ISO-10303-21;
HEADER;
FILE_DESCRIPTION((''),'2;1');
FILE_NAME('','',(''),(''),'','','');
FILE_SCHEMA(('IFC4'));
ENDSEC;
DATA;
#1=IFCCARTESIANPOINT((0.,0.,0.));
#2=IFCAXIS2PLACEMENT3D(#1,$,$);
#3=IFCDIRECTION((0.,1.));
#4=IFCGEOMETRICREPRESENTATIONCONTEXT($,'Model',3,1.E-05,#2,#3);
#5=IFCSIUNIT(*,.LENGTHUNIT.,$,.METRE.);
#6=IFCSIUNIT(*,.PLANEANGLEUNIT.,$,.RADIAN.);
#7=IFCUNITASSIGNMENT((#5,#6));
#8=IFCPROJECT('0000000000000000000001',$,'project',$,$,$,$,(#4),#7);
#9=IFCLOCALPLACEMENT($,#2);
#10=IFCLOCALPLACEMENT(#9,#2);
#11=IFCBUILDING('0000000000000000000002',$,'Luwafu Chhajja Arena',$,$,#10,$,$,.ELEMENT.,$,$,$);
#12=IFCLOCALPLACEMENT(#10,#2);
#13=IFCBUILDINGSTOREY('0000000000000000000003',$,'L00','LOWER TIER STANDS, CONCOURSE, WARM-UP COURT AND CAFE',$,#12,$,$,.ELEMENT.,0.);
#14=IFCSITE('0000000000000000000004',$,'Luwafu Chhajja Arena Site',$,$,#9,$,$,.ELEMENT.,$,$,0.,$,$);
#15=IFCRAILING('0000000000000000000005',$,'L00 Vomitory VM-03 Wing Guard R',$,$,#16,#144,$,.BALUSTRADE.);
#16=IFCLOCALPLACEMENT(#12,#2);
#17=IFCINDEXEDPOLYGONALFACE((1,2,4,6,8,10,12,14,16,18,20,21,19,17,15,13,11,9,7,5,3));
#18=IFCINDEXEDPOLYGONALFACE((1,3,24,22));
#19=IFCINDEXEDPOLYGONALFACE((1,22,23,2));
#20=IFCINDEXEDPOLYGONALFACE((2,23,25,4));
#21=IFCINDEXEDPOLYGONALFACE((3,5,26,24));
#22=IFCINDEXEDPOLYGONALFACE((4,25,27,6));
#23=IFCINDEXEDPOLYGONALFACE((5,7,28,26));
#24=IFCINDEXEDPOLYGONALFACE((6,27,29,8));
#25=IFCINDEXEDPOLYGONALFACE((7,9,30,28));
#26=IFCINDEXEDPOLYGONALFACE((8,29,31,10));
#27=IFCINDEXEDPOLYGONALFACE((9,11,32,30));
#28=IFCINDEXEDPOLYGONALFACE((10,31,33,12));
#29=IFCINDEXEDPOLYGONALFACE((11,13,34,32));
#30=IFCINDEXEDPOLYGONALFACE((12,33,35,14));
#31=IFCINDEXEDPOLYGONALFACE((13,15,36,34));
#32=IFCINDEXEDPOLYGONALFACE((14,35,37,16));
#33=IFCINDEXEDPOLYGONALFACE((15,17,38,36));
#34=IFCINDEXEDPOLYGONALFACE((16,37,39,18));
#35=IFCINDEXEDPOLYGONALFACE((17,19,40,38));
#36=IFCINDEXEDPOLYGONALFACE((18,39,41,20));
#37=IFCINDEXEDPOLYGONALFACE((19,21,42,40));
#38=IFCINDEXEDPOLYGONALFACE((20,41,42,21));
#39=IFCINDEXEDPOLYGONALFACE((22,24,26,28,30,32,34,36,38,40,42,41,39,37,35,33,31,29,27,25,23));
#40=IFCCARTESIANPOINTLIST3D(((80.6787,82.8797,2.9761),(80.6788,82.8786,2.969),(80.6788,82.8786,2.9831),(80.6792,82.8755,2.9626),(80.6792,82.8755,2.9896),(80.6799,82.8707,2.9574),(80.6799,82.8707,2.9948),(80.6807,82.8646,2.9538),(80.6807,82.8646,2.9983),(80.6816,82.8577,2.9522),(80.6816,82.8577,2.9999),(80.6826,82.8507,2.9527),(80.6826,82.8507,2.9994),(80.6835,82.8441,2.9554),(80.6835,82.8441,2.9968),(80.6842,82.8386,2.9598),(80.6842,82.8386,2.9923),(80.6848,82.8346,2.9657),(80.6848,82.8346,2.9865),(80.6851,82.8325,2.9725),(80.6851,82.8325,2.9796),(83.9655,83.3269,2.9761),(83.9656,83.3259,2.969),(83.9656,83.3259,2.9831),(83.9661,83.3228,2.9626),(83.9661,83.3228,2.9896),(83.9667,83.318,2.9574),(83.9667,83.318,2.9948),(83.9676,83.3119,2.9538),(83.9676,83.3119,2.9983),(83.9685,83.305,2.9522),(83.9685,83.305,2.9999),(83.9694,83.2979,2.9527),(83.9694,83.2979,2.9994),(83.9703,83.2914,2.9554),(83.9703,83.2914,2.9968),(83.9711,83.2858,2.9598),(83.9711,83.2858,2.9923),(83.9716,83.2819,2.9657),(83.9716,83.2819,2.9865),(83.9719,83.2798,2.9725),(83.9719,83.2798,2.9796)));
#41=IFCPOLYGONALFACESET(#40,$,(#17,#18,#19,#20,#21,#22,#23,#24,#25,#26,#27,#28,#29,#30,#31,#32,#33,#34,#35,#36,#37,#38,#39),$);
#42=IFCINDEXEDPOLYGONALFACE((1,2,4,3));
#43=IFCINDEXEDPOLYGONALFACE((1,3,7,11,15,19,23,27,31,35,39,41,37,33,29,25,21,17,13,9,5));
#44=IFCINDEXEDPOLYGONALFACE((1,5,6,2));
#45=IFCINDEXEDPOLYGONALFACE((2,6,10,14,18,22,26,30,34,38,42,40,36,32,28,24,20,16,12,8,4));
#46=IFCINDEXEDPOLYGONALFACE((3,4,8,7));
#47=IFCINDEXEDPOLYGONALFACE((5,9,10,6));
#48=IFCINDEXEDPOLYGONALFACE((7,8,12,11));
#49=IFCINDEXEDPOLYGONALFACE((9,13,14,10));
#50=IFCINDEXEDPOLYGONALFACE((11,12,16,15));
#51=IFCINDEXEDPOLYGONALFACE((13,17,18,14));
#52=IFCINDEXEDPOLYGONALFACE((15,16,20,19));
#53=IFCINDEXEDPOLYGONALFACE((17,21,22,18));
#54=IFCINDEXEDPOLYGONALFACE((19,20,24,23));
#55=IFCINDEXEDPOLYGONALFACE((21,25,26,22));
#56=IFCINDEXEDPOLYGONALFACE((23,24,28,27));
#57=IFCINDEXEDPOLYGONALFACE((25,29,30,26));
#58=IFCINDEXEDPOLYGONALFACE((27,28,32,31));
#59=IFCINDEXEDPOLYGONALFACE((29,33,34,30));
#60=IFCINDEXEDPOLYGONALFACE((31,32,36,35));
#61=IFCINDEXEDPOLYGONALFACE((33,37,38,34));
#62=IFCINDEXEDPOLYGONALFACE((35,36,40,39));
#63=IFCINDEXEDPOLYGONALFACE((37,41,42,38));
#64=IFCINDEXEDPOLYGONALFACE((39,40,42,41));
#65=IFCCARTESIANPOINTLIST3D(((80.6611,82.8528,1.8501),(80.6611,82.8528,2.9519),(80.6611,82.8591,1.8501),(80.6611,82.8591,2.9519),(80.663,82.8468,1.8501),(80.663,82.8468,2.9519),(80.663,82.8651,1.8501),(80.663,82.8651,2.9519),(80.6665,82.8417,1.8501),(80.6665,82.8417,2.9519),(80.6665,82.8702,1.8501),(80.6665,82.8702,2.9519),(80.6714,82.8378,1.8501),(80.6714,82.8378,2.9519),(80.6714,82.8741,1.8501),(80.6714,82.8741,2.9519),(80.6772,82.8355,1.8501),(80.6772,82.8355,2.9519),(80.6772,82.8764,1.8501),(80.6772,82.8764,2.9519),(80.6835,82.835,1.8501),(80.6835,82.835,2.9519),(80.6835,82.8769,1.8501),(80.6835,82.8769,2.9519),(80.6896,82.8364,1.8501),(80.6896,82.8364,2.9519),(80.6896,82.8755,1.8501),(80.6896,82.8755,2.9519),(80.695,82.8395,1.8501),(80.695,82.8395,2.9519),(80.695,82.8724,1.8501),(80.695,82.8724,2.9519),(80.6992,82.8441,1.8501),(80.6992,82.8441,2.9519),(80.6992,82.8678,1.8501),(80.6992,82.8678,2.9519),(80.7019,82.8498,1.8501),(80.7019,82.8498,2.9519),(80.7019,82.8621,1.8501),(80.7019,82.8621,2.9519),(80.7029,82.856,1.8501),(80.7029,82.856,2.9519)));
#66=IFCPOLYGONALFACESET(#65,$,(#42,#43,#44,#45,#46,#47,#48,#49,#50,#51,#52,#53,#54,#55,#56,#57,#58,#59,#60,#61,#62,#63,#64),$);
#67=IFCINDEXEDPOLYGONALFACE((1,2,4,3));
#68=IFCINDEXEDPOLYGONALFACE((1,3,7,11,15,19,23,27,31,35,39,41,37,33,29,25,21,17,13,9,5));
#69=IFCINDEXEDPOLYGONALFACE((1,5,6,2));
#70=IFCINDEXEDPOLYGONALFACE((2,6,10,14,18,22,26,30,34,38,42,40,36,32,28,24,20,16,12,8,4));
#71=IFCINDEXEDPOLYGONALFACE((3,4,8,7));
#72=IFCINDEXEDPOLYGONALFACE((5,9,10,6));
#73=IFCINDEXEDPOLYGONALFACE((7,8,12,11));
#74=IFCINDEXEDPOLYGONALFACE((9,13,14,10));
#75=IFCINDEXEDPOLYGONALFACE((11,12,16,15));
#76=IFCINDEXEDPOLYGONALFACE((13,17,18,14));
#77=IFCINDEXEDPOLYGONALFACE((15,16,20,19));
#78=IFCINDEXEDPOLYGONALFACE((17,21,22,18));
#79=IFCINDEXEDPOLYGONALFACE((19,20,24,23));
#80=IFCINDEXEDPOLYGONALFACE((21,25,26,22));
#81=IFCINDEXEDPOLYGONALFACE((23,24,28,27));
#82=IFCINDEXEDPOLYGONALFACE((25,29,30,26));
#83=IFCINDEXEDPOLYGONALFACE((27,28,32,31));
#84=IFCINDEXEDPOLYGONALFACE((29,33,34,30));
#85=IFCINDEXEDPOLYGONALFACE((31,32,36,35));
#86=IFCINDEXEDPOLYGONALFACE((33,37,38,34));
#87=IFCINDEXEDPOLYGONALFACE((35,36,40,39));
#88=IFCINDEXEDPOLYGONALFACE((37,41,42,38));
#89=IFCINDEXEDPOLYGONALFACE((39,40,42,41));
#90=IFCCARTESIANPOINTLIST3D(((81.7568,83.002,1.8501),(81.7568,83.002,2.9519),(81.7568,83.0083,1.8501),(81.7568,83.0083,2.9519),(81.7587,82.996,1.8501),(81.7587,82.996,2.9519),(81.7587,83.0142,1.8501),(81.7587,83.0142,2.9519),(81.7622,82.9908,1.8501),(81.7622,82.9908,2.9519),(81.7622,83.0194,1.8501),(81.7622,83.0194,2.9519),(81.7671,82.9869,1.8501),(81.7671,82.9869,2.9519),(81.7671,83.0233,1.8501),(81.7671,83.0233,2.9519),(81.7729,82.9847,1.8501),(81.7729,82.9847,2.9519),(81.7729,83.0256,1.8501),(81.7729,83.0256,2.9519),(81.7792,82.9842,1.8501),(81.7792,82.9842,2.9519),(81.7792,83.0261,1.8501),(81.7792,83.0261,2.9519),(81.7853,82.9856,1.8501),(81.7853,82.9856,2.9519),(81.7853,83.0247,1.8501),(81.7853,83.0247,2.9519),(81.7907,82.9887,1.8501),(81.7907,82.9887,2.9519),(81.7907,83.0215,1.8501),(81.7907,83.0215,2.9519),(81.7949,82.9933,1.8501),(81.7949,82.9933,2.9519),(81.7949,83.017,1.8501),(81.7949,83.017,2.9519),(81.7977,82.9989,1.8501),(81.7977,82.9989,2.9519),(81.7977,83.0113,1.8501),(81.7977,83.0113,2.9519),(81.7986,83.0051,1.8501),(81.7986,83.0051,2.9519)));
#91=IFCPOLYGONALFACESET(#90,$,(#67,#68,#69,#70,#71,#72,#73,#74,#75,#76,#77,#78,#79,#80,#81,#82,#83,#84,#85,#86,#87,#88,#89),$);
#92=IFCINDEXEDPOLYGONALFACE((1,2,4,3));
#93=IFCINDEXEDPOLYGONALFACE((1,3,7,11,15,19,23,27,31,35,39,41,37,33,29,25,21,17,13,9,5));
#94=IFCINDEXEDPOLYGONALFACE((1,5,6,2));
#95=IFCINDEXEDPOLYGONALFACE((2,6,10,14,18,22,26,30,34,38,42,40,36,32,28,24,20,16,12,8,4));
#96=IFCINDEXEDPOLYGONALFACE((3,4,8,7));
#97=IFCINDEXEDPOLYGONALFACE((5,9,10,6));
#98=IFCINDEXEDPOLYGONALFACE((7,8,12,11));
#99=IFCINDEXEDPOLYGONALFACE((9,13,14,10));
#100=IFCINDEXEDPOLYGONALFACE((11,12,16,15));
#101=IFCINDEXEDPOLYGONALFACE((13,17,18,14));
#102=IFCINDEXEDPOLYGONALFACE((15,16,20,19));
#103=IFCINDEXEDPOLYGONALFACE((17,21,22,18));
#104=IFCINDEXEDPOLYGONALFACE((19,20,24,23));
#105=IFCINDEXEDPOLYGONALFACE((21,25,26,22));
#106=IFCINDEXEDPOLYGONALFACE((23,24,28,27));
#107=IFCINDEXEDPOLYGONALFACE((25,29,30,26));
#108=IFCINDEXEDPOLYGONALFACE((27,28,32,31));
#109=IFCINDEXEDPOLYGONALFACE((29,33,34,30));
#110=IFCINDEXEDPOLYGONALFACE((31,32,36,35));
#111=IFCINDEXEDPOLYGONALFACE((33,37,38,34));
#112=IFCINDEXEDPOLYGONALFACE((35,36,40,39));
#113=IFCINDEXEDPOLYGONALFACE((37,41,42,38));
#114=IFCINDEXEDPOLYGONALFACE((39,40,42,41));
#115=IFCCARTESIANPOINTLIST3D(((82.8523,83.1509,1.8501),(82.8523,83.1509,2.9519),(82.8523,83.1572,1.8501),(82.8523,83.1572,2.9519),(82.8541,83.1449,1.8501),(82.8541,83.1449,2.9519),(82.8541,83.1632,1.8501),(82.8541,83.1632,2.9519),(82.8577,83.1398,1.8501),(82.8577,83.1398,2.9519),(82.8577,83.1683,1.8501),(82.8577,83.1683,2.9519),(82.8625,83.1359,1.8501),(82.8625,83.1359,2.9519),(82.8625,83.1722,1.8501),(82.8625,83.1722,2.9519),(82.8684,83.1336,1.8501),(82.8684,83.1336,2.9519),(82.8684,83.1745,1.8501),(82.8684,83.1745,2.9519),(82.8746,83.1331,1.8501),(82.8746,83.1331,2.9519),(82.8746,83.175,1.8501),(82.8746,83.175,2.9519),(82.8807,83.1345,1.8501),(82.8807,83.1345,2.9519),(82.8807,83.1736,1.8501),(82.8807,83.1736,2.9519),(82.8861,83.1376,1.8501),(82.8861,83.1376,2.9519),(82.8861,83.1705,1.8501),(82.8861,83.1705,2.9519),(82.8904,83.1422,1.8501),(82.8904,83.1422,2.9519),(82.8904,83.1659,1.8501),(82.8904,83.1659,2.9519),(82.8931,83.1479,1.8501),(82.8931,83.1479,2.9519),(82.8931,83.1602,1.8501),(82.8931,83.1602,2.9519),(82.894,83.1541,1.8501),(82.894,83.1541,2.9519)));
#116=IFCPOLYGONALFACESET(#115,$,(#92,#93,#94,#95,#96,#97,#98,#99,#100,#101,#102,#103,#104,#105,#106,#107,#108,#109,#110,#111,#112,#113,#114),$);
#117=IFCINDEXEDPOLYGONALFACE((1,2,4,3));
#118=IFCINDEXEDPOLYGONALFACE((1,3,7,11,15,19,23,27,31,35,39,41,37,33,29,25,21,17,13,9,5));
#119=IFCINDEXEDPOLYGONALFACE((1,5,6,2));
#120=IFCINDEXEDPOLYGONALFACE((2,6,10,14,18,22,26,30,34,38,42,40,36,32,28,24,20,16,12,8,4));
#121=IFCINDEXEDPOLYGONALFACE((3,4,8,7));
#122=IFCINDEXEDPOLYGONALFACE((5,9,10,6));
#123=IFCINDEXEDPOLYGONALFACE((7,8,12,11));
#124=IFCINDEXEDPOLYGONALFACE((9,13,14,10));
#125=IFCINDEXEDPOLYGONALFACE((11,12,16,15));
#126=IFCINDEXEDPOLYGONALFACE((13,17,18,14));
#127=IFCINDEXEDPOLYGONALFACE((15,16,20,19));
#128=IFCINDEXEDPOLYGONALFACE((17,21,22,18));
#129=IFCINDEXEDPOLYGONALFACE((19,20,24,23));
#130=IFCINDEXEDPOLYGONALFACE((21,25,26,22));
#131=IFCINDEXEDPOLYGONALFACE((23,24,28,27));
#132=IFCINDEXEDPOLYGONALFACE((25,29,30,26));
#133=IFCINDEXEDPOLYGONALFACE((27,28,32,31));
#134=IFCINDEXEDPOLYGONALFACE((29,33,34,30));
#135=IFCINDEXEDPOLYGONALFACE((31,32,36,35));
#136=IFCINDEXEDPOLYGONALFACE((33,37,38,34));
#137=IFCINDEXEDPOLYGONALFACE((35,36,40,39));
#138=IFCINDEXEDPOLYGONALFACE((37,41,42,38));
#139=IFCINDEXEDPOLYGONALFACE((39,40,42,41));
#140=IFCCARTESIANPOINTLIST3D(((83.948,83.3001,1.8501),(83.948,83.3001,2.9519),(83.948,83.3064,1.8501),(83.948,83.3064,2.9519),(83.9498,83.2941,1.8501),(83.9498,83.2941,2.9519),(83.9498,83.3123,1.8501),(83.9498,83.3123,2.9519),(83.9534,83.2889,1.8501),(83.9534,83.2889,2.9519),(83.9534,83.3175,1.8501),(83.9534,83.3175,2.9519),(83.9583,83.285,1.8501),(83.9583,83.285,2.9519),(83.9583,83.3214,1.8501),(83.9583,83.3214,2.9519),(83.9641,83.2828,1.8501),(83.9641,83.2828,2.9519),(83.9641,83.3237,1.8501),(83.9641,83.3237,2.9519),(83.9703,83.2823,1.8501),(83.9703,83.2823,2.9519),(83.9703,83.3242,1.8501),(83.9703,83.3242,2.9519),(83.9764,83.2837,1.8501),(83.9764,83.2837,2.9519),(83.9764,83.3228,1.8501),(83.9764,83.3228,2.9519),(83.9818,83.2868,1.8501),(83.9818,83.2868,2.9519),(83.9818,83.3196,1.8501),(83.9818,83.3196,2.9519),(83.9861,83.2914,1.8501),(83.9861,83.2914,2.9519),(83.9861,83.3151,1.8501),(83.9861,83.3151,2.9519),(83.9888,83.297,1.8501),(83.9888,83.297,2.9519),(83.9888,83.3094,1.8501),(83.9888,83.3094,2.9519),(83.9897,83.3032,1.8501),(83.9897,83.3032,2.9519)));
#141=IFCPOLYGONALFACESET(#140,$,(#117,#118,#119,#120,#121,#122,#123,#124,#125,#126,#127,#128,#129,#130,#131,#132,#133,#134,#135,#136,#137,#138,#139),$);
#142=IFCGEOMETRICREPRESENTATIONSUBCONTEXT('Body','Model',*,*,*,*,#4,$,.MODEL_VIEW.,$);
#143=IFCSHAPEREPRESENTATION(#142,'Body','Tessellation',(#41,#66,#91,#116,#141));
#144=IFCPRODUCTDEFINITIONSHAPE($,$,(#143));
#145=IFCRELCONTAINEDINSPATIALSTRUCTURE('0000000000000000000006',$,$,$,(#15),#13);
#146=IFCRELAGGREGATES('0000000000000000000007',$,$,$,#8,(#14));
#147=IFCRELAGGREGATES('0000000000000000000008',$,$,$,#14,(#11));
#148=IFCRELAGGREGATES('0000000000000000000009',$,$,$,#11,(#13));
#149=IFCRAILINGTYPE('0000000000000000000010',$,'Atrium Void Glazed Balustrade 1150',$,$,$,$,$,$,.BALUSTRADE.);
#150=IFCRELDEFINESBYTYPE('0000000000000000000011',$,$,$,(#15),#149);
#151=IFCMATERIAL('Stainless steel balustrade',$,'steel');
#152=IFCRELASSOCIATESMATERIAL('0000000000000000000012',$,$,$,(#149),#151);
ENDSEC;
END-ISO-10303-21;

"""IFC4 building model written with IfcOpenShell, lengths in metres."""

from ifc_helpers import new_model, si_unit, direction, frame, origin, origin_2d, place, context, subcontext, project, spatial, circle, extrude, material, type_object, element, save


model = new_model("IFC4")

# Units and contexts
model_context = context("Model", 3, precision=1e-05, world=origin(), true_north=direction((0.0, 1.0)))
body_context = subcontext(model_context, "Body", "Model", "MODEL_VIEW")
ifc_project = project(units=[si_unit("LENGTHUNIT", "METRE"), si_unit("PLANEANGLEUNIT", "RADIAN")], contexts=[model_context])

# Site, building, storey
site_placement = place(None, origin())
site = spatial("IfcSite", under=ifc_project, at=site_placement, Name="Luwafu Chhajja Arena Site", CompositionType="ELEMENT", RefElevation=0.0)
building_placement = place(site_placement, origin())
building = spatial("IfcBuilding", under=site, at=building_placement, Name="Luwafu Chhajja Arena", CompositionType="ELEMENT")
storey_placement = place(building_placement, origin())
storey = spatial("IfcBuildingStorey", under=building, at=storey_placement, Name="L00", Description="LOWER TIER STANDS, CONCOURSE, WARM-UP COURT AND CAFE", CompositionType="ELEMENT", Elevation=0.0)

# Railing
ifc_material_1 = material(Name="Stainless steel balustrade", Category="steel")
railing_type_1 = type_object("IfcRailingType", Name="Atrium Void Glazed Balustrade 1150", PredefinedType="BALUSTRADE", material=ifc_material_1)
railing_1_placement = place(storey_placement, frame((80.6819, 82.856, 1.8501)))
element("IfcRailing", 1, at=railing_1_placement, inside=storey, type_object=railing_type_1, Name="L00 Vomitory VM-03 Wing Guard R", PredefinedType="BALUSTRADE", context=body_context, shape_type="SweptSolid", body=[
    extrude(circle(Radius=0.0239, at=origin_2d()), frame((0.0, 0.0, 1.126), z_axis=(0.990868, 0.134834, 0.0), x_axis=(-0.134834, 0.990868, 0.0)), (0.0, 0.0, 1.0), 3.3171),
    extrude(circle(Radius=0.021, at=origin_2d()), origin(), (0.0, 0.0, 1.0), 1.1018),
    extrude(circle(Radius=0.021, at=origin_2d()), frame((1.0957, 0.1492, 0.0)), (0.0, 0.0, 1.0), 1.1018),
    extrude(circle(Radius=0.021, at=origin_2d()), frame((2.1912, 0.2981, 0.0)), (0.0, 0.0, 1.0), 1.1018),
    extrude(circle(Radius=0.021, at=origin_2d()), frame((3.2869, 0.4473, 0.0)), (0.0, 0.0, 1.0), 1.1018),
])

save(model, "model.ifc")
